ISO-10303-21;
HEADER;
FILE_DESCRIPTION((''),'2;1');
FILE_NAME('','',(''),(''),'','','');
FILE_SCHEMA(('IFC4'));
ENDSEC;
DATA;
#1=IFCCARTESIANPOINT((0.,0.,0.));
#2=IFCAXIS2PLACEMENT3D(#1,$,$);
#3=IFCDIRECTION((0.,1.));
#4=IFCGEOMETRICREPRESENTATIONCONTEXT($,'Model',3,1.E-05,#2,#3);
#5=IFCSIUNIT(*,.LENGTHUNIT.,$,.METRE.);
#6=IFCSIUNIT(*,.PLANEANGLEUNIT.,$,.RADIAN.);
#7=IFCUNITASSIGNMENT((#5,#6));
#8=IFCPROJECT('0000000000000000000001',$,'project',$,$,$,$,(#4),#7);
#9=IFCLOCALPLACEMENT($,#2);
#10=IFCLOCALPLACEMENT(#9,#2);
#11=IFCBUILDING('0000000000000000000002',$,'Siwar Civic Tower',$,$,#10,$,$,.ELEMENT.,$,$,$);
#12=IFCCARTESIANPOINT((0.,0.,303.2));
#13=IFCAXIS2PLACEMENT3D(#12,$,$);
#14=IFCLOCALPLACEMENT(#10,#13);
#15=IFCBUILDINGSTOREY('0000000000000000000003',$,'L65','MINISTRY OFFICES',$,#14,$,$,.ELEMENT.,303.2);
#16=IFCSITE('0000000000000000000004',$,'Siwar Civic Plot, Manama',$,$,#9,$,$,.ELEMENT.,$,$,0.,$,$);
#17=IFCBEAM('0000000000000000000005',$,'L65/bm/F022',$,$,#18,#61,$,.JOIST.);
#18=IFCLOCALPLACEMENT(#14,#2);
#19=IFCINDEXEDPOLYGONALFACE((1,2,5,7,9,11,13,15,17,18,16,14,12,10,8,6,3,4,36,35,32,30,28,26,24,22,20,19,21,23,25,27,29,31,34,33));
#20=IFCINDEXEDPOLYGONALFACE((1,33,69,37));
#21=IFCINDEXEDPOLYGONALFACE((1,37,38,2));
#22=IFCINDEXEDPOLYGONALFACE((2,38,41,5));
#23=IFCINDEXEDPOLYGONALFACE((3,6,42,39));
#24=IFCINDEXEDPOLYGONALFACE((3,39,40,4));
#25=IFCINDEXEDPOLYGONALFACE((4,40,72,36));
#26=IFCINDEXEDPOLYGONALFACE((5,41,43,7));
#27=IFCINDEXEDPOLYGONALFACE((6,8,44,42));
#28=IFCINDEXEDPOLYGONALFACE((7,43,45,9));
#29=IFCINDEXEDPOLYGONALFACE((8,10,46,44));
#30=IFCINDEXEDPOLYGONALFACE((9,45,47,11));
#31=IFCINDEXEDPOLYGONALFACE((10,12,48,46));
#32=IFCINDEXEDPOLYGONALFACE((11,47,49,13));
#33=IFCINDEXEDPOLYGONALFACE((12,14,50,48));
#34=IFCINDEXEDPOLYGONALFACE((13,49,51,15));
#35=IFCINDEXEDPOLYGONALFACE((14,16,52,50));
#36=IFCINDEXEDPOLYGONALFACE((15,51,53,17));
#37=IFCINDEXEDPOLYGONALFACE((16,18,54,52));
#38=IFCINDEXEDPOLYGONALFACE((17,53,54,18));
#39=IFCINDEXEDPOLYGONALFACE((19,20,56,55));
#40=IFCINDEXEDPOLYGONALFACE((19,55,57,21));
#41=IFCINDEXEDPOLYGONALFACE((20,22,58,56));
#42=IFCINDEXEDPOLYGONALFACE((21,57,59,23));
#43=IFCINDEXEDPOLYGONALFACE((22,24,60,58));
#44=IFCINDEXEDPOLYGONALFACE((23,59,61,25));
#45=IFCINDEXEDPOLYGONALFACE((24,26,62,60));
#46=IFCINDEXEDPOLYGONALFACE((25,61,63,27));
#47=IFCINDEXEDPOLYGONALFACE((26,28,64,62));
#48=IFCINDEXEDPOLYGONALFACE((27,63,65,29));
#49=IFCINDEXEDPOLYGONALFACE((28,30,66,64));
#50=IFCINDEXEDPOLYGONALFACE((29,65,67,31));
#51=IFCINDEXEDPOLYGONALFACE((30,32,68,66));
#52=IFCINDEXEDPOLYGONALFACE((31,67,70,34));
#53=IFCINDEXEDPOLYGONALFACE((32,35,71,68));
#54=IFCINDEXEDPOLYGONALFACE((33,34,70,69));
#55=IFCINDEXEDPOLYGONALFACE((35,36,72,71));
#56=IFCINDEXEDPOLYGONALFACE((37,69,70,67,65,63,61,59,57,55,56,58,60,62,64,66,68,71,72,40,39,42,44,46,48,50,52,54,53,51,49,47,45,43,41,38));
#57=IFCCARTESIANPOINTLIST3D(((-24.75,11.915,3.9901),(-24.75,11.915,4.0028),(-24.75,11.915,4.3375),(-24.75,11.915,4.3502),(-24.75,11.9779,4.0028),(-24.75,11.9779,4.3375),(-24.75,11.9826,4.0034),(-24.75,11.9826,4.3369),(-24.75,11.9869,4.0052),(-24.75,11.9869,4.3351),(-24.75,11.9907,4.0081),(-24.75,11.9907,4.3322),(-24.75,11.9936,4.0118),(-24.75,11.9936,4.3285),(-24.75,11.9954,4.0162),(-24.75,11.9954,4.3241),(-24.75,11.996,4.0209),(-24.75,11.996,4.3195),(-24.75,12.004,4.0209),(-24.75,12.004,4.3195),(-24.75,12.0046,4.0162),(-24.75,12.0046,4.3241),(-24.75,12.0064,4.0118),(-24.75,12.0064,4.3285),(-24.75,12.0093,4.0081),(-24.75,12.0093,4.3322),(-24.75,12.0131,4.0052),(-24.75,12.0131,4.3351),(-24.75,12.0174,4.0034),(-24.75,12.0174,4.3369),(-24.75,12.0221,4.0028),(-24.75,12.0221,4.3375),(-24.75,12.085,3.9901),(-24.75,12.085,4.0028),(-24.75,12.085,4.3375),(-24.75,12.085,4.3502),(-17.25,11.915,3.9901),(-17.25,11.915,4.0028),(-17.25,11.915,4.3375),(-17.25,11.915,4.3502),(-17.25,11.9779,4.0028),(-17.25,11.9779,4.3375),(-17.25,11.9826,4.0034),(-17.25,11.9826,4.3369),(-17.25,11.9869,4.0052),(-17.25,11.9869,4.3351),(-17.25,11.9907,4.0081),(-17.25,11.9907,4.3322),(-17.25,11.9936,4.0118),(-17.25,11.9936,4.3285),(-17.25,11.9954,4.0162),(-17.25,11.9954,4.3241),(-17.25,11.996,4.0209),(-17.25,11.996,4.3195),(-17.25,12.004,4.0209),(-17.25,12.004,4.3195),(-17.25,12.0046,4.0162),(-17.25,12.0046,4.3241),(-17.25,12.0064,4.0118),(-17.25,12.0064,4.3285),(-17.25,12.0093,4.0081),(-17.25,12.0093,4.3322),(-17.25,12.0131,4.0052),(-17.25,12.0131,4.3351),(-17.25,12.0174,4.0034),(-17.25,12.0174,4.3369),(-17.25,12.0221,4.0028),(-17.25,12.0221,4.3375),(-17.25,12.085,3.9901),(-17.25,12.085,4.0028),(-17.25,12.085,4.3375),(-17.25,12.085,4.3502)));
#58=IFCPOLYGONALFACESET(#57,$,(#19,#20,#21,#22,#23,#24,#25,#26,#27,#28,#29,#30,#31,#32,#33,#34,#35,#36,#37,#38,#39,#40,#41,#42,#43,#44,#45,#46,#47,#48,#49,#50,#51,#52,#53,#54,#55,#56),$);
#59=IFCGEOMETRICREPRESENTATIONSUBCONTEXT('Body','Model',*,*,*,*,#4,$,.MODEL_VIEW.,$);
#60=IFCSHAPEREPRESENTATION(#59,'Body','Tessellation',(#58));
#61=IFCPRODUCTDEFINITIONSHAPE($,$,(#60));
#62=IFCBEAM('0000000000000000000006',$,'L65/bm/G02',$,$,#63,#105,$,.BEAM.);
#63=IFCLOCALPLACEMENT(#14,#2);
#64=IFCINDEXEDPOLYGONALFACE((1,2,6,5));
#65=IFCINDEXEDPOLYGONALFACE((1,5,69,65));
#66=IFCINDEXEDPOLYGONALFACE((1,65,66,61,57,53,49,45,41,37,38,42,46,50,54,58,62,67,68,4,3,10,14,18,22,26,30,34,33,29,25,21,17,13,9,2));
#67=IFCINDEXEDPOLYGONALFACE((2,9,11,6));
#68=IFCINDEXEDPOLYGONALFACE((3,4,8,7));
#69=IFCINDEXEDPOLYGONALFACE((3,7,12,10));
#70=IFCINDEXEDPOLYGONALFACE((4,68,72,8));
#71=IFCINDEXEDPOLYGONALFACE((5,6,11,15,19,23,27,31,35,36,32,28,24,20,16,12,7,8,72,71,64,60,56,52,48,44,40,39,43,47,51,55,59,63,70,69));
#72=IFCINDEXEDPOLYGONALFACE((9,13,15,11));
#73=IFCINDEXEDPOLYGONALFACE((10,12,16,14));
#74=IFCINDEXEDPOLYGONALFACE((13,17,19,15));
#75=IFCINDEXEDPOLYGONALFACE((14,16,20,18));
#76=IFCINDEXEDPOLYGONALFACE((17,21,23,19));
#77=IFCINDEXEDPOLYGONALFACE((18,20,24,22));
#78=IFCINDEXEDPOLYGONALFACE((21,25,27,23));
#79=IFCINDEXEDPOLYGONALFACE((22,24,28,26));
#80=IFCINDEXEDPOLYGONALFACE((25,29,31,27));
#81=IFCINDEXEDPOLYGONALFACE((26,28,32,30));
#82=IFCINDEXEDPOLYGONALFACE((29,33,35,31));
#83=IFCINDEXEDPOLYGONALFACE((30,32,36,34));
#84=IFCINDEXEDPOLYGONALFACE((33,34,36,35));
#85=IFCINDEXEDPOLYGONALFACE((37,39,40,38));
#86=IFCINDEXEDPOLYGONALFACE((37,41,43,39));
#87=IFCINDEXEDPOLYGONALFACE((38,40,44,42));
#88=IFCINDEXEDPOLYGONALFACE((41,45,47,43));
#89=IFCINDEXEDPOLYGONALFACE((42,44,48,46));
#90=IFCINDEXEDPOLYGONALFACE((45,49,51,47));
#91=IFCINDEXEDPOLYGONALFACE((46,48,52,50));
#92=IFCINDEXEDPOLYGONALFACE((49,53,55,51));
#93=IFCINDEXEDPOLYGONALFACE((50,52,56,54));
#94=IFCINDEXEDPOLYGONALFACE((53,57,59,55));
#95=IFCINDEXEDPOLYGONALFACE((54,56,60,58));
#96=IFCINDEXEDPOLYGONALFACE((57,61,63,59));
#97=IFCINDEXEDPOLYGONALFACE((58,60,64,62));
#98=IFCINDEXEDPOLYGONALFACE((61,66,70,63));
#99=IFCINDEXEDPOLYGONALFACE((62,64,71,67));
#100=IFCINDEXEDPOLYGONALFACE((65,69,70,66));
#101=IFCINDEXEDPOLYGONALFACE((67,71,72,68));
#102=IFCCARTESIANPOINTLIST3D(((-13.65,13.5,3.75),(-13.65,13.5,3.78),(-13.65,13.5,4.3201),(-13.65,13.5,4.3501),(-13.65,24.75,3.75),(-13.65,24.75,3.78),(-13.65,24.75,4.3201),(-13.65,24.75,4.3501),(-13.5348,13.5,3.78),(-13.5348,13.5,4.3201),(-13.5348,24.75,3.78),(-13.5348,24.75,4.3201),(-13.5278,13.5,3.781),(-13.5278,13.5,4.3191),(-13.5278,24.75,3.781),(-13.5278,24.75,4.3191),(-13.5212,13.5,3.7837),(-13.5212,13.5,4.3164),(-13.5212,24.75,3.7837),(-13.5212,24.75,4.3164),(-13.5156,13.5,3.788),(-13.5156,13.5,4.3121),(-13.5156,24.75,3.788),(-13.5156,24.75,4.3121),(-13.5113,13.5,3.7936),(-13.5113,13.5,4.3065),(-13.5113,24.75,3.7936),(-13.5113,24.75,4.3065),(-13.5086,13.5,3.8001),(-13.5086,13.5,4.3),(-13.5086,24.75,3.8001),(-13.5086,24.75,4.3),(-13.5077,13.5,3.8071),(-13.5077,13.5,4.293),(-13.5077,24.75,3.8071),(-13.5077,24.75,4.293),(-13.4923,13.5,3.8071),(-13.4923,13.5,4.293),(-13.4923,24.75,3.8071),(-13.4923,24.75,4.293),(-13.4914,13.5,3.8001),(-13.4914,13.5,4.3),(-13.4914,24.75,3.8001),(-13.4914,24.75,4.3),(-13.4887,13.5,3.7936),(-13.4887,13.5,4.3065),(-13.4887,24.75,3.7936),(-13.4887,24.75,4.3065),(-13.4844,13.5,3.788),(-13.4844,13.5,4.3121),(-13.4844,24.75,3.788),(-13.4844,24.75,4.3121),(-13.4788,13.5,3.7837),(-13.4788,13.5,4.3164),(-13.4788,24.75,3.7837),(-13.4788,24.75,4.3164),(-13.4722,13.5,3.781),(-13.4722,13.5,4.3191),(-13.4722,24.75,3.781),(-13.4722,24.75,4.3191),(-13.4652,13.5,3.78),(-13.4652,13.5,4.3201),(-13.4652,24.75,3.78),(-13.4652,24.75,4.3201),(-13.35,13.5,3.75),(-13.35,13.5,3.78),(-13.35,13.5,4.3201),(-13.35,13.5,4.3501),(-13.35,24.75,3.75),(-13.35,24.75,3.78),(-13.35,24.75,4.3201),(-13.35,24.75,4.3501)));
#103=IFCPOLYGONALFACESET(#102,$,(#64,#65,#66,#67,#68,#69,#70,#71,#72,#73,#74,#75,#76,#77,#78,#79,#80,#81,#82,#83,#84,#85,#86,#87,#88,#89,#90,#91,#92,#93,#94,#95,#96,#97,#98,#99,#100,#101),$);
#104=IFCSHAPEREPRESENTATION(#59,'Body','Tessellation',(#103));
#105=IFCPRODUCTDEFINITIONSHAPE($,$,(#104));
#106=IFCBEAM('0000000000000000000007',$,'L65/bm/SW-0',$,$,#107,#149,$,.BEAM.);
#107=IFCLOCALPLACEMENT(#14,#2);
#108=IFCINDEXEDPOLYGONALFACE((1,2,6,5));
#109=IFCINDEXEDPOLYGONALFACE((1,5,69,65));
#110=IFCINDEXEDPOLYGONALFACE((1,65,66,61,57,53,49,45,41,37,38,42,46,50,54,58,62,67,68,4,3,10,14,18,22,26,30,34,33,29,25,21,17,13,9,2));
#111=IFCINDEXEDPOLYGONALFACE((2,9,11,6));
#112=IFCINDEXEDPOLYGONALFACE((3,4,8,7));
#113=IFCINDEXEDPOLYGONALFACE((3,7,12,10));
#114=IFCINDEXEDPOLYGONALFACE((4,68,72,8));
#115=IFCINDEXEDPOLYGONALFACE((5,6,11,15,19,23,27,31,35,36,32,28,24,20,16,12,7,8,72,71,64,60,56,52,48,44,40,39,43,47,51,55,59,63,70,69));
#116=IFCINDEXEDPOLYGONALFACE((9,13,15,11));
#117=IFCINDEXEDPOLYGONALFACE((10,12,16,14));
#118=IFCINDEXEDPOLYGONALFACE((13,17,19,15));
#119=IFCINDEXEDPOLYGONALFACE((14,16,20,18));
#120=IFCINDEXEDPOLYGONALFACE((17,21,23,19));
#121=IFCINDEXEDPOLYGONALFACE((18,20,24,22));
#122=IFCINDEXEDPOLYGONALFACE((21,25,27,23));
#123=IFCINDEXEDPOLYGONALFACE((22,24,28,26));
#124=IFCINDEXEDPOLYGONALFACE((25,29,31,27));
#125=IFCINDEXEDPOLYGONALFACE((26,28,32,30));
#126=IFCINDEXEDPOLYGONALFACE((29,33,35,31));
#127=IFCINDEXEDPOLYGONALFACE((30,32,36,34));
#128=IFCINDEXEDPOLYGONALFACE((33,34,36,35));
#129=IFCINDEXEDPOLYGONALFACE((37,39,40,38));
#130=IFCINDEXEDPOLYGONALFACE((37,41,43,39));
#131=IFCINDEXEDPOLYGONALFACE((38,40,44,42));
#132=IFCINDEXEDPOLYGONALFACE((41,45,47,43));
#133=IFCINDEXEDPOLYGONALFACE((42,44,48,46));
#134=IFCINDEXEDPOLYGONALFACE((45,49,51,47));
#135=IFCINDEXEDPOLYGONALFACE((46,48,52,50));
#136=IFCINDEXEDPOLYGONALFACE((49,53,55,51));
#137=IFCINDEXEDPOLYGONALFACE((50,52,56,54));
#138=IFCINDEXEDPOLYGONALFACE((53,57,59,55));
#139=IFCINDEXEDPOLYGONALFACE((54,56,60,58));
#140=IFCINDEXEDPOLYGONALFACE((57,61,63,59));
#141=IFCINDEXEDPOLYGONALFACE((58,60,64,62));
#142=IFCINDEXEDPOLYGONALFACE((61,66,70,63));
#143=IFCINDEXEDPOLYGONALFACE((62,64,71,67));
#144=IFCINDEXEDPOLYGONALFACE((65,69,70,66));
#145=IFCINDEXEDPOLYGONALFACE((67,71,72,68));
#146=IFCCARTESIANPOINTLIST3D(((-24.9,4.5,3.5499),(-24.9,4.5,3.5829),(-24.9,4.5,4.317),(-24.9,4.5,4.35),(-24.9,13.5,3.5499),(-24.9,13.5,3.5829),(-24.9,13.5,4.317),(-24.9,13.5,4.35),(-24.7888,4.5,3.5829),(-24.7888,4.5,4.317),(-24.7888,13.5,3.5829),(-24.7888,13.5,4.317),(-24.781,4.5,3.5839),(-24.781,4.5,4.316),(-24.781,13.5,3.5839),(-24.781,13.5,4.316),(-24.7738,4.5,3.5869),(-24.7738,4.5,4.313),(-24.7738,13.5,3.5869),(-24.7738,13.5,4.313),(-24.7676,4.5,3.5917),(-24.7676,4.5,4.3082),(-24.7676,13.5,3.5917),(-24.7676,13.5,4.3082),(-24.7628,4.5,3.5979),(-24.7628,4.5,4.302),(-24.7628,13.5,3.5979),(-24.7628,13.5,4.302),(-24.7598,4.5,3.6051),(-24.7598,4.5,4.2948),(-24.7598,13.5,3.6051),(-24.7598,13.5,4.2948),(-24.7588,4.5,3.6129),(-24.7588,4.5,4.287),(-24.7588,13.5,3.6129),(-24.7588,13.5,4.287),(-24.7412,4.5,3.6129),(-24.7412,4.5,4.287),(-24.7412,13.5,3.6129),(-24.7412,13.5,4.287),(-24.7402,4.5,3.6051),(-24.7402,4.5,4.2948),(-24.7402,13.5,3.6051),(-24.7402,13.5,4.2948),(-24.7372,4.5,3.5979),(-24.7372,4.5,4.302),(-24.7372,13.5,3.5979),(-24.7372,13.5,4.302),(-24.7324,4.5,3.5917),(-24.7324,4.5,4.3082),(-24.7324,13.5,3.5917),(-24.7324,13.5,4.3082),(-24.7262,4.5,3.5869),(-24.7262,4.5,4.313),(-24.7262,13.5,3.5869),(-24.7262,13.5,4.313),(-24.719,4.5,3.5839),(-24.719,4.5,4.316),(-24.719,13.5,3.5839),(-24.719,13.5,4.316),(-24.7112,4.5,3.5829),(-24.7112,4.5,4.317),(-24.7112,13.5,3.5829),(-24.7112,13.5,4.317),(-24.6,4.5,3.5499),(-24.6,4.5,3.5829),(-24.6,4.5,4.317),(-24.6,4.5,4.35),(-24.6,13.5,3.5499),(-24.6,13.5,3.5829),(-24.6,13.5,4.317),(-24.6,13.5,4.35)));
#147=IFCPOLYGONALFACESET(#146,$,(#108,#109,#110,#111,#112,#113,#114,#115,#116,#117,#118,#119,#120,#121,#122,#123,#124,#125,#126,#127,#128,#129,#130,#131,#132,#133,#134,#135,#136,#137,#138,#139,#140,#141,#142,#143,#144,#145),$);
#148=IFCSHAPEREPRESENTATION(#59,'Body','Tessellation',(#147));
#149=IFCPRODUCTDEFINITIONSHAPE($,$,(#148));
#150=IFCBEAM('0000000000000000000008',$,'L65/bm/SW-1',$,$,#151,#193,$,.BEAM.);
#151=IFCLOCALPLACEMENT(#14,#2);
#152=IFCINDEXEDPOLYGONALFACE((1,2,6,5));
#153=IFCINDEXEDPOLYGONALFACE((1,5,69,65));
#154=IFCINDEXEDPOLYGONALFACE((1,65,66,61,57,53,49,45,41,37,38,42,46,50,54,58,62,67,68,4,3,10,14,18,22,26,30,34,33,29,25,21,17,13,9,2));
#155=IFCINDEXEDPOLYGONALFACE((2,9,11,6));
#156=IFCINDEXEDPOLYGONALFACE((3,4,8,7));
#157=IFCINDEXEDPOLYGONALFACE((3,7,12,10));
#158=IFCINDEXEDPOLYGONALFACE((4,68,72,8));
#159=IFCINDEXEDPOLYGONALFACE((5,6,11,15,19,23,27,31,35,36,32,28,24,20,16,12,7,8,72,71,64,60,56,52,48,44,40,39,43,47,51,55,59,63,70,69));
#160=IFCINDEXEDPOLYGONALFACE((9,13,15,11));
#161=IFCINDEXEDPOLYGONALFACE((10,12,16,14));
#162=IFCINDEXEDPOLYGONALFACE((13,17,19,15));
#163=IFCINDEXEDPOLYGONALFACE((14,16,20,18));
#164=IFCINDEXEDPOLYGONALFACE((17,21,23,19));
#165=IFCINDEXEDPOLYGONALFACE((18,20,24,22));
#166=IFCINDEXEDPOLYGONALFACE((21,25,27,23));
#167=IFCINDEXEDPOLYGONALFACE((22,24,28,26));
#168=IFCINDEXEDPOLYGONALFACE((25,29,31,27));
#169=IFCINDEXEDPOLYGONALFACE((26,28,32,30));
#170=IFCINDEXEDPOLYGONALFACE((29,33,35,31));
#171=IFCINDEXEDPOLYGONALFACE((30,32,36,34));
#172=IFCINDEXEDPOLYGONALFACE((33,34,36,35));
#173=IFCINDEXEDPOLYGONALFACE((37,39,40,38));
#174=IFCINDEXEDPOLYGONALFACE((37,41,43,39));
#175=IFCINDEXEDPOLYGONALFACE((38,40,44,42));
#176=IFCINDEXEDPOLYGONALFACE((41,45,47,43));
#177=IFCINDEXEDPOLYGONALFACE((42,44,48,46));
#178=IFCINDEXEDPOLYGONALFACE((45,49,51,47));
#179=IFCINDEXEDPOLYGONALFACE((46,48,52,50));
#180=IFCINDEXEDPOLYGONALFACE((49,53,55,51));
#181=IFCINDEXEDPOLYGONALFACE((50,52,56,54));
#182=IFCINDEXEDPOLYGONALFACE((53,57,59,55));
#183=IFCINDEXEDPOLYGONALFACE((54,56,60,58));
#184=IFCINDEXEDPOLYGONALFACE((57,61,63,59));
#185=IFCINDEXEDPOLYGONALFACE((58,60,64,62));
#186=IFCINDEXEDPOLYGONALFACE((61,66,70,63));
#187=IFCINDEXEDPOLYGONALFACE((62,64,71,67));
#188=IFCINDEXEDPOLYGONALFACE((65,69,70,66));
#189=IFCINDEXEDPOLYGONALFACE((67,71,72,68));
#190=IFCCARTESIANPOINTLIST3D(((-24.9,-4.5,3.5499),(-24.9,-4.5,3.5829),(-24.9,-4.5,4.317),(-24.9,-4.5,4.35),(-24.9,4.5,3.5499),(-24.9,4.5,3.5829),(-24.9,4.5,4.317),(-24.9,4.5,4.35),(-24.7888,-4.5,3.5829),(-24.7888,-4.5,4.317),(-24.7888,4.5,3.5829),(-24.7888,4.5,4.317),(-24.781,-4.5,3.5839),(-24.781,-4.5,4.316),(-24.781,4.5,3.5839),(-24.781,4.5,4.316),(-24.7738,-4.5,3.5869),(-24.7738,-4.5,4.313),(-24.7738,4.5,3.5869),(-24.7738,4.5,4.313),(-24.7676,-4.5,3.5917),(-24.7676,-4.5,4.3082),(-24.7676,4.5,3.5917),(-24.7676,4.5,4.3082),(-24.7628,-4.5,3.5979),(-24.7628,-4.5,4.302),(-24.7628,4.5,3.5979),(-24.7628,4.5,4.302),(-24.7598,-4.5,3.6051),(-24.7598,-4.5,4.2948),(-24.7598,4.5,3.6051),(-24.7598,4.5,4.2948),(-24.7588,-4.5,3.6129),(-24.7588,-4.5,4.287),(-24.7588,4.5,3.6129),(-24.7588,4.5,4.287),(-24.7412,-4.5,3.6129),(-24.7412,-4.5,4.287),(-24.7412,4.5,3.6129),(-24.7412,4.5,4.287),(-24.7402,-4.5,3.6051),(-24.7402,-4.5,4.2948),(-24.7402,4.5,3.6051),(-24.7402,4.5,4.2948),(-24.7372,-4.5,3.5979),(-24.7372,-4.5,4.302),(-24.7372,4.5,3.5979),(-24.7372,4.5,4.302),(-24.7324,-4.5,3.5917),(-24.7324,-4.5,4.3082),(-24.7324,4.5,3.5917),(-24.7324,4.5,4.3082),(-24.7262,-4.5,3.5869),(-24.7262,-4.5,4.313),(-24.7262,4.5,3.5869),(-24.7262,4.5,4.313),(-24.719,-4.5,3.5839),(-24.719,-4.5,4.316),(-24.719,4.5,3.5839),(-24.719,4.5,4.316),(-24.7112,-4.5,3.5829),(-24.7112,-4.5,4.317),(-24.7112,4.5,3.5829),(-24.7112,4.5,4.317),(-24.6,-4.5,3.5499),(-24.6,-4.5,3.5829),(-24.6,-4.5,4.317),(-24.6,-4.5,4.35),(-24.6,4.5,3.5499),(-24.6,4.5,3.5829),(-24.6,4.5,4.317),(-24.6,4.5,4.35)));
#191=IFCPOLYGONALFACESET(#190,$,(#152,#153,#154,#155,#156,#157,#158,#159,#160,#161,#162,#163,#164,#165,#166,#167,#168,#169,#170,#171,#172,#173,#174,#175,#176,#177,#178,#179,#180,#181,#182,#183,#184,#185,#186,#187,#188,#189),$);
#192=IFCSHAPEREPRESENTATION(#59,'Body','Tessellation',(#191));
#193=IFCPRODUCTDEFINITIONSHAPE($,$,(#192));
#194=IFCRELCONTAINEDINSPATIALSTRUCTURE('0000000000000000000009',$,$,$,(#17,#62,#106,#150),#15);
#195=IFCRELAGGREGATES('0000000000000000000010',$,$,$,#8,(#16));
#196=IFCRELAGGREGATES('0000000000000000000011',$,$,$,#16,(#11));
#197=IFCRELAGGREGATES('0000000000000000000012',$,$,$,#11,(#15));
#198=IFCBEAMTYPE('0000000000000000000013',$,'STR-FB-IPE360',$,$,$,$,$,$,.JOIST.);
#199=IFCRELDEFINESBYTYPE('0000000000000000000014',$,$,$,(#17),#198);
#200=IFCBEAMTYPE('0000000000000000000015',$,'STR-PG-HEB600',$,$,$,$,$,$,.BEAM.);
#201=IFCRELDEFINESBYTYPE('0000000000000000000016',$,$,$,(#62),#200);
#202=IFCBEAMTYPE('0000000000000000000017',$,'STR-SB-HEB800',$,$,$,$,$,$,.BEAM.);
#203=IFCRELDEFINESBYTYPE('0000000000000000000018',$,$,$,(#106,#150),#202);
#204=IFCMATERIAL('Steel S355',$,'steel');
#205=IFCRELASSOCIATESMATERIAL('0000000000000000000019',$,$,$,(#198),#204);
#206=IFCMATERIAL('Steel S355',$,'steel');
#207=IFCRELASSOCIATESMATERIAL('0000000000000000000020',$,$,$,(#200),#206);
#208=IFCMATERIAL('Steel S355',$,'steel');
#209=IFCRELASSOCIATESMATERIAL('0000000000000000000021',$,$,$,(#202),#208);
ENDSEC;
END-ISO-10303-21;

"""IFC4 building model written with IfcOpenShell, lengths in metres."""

from ifc_helpers import new_model, si_unit, direction, frame, origin, origin_2d, place, context, subcontext, project, spatial, i_section, extrude, material, material_profile, profile_set, type_object, element, save


model = new_model("IFC4")

# Units and contexts
model_context = context("Model", 3, precision=1e-05, world=origin(), true_north=direction((0.0, 1.0)))
body_context = subcontext(model_context, "Body", "Model", "MODEL_VIEW")
ifc_project = project(units=[si_unit("LENGTHUNIT", "METRE"), si_unit("PLANEANGLEUNIT", "RADIAN")], contexts=[model_context])

# Site, building, storey
site_placement = place(None, origin())
site = spatial("IfcSite", under=ifc_project, at=site_placement, Name="Siwar Civic Plot, Manama", CompositionType="ELEMENT", RefElevation=0.0)
building_placement = place(site_placement, origin())
building = spatial("IfcBuilding", under=site, at=building_placement, Name="Siwar Civic Tower", CompositionType="ELEMENT")
storey_placement = place(building_placement, frame((0.0, 0.0, 303.2)))
storey = spatial("IfcBuildingStorey", under=building, at=storey_placement, Name="L65", Description="MINISTRY OFFICES", CompositionType="ELEMENT", Elevation=303.2)

# Beams
ifc_material_1 = material(Name="Steel S355", Category="steel")
ifc_material_profile_1 = material_profile(ifc_material_1, i_section(OverallWidth=0.1699, OverallDepth=0.3601, WebThickness=0.0081, FlangeThickness=0.0127, FilletRadius=0.0181, at=origin_2d()), Name="IPE360")
ifc_profile_set_1 = profile_set([ifc_material_profile_1], Name="Steel S355")
beam_type_1 = type_object("IfcBeamType", Name="STR-FB-IPE360", PredefinedType="JOIST", material=ifc_profile_set_1)
for number, where, z_axis, x_axis, name in (
    (1, (-24.75, 12.0, 4.1702), (1.0, 0.0, 0.0), (0.0, 1.0, 0.0), "L65/bm/F022"),
):
    element("IfcBeam", number, at=place(storey_placement, frame(where, z_axis=z_axis, x_axis=x_axis)), inside=storey, type_object=beam_type_1, Name=name, PredefinedType="JOIST", context=body_context, shape_type="SweptSolid", body=[
        extrude(i_section(OverallWidth=0.1699, OverallDepth=0.3601, WebThickness=0.0081, FlangeThickness=0.0127, FilletRadius=0.0181, at=origin_2d()), origin(), (0.0, 0.0, 1.0), 7.5),
    ])
ifc_material_2 = material(Name="Steel S355", Category="steel")
ifc_material_profile_2 = material_profile(ifc_material_2, i_section(OverallWidth=0.3, OverallDepth=0.6001, WebThickness=0.0154, FlangeThickness=0.03, FilletRadius=0.0271, at=origin_2d()), Name="HEB600")
ifc_profile_set_2 = profile_set([ifc_material_profile_2], Name="Steel S355")
beam_type_2 = type_object("IfcBeamType", Name="STR-PG-HEB600", PredefinedType="BEAM", material=ifc_profile_set_2)
beam_placement = place(storey_placement, frame((-13.5, 13.5, 4.05), z_axis=(0.0, 1.0, 0.0), x_axis=(-1.0, 0.0, 0.0)))
element("IfcBeam", 2, at=beam_placement, inside=storey, type_object=beam_type_2, Name="L65/bm/G02", PredefinedType="BEAM", context=body_context, shape_type="SweptSolid", body=[
    extrude(i_section(OverallWidth=0.3, OverallDepth=0.6001, WebThickness=0.0154, FlangeThickness=0.03, FilletRadius=0.0271, at=origin_2d()), origin(), (0.0, 0.0, 1.0), 11.25),
])
ifc_material_3 = material(Name="Steel S355", Category="steel")
ifc_material_profile_3 = material_profile(ifc_material_3, i_section(OverallWidth=0.3, OverallDepth=0.8, WebThickness=0.0176, FlangeThickness=0.033, FilletRadius=0.03, at=origin_2d()), Name="HEB800")
ifc_profile_set_3 = profile_set([ifc_material_profile_3], Name="Steel S355")
beam_type_3 = type_object("IfcBeamType", Name="STR-SB-HEB800", PredefinedType="BEAM", material=ifc_profile_set_3)
for number, where, z_axis, x_axis, name in (
    (3, (-24.75, 13.5, 3.95), (0.0, -1.0, 0.0), (1.0, 0.0, 0.0), "L65/bm/SW-0"),
    (4, (-24.75, 4.5, 3.95), (0.0, -1.0, 0.0), (1.0, 0.0, 0.0), "L65/bm/SW-1"),
):
    element("IfcBeam", number, at=place(storey_placement, frame(where, z_axis=z_axis, x_axis=x_axis)), inside=storey, type_object=beam_type_3, Name=name, PredefinedType="BEAM", context=body_context, shape_type="SweptSolid", body=[
        extrude(i_section(OverallWidth=0.3, OverallDepth=0.8, WebThickness=0.0176, FlangeThickness=0.033, FilletRadius=0.03, at=origin_2d()), origin(), (0.0, 0.0, 1.0), 9.0),
    ])

save(model, "model.ifc")
